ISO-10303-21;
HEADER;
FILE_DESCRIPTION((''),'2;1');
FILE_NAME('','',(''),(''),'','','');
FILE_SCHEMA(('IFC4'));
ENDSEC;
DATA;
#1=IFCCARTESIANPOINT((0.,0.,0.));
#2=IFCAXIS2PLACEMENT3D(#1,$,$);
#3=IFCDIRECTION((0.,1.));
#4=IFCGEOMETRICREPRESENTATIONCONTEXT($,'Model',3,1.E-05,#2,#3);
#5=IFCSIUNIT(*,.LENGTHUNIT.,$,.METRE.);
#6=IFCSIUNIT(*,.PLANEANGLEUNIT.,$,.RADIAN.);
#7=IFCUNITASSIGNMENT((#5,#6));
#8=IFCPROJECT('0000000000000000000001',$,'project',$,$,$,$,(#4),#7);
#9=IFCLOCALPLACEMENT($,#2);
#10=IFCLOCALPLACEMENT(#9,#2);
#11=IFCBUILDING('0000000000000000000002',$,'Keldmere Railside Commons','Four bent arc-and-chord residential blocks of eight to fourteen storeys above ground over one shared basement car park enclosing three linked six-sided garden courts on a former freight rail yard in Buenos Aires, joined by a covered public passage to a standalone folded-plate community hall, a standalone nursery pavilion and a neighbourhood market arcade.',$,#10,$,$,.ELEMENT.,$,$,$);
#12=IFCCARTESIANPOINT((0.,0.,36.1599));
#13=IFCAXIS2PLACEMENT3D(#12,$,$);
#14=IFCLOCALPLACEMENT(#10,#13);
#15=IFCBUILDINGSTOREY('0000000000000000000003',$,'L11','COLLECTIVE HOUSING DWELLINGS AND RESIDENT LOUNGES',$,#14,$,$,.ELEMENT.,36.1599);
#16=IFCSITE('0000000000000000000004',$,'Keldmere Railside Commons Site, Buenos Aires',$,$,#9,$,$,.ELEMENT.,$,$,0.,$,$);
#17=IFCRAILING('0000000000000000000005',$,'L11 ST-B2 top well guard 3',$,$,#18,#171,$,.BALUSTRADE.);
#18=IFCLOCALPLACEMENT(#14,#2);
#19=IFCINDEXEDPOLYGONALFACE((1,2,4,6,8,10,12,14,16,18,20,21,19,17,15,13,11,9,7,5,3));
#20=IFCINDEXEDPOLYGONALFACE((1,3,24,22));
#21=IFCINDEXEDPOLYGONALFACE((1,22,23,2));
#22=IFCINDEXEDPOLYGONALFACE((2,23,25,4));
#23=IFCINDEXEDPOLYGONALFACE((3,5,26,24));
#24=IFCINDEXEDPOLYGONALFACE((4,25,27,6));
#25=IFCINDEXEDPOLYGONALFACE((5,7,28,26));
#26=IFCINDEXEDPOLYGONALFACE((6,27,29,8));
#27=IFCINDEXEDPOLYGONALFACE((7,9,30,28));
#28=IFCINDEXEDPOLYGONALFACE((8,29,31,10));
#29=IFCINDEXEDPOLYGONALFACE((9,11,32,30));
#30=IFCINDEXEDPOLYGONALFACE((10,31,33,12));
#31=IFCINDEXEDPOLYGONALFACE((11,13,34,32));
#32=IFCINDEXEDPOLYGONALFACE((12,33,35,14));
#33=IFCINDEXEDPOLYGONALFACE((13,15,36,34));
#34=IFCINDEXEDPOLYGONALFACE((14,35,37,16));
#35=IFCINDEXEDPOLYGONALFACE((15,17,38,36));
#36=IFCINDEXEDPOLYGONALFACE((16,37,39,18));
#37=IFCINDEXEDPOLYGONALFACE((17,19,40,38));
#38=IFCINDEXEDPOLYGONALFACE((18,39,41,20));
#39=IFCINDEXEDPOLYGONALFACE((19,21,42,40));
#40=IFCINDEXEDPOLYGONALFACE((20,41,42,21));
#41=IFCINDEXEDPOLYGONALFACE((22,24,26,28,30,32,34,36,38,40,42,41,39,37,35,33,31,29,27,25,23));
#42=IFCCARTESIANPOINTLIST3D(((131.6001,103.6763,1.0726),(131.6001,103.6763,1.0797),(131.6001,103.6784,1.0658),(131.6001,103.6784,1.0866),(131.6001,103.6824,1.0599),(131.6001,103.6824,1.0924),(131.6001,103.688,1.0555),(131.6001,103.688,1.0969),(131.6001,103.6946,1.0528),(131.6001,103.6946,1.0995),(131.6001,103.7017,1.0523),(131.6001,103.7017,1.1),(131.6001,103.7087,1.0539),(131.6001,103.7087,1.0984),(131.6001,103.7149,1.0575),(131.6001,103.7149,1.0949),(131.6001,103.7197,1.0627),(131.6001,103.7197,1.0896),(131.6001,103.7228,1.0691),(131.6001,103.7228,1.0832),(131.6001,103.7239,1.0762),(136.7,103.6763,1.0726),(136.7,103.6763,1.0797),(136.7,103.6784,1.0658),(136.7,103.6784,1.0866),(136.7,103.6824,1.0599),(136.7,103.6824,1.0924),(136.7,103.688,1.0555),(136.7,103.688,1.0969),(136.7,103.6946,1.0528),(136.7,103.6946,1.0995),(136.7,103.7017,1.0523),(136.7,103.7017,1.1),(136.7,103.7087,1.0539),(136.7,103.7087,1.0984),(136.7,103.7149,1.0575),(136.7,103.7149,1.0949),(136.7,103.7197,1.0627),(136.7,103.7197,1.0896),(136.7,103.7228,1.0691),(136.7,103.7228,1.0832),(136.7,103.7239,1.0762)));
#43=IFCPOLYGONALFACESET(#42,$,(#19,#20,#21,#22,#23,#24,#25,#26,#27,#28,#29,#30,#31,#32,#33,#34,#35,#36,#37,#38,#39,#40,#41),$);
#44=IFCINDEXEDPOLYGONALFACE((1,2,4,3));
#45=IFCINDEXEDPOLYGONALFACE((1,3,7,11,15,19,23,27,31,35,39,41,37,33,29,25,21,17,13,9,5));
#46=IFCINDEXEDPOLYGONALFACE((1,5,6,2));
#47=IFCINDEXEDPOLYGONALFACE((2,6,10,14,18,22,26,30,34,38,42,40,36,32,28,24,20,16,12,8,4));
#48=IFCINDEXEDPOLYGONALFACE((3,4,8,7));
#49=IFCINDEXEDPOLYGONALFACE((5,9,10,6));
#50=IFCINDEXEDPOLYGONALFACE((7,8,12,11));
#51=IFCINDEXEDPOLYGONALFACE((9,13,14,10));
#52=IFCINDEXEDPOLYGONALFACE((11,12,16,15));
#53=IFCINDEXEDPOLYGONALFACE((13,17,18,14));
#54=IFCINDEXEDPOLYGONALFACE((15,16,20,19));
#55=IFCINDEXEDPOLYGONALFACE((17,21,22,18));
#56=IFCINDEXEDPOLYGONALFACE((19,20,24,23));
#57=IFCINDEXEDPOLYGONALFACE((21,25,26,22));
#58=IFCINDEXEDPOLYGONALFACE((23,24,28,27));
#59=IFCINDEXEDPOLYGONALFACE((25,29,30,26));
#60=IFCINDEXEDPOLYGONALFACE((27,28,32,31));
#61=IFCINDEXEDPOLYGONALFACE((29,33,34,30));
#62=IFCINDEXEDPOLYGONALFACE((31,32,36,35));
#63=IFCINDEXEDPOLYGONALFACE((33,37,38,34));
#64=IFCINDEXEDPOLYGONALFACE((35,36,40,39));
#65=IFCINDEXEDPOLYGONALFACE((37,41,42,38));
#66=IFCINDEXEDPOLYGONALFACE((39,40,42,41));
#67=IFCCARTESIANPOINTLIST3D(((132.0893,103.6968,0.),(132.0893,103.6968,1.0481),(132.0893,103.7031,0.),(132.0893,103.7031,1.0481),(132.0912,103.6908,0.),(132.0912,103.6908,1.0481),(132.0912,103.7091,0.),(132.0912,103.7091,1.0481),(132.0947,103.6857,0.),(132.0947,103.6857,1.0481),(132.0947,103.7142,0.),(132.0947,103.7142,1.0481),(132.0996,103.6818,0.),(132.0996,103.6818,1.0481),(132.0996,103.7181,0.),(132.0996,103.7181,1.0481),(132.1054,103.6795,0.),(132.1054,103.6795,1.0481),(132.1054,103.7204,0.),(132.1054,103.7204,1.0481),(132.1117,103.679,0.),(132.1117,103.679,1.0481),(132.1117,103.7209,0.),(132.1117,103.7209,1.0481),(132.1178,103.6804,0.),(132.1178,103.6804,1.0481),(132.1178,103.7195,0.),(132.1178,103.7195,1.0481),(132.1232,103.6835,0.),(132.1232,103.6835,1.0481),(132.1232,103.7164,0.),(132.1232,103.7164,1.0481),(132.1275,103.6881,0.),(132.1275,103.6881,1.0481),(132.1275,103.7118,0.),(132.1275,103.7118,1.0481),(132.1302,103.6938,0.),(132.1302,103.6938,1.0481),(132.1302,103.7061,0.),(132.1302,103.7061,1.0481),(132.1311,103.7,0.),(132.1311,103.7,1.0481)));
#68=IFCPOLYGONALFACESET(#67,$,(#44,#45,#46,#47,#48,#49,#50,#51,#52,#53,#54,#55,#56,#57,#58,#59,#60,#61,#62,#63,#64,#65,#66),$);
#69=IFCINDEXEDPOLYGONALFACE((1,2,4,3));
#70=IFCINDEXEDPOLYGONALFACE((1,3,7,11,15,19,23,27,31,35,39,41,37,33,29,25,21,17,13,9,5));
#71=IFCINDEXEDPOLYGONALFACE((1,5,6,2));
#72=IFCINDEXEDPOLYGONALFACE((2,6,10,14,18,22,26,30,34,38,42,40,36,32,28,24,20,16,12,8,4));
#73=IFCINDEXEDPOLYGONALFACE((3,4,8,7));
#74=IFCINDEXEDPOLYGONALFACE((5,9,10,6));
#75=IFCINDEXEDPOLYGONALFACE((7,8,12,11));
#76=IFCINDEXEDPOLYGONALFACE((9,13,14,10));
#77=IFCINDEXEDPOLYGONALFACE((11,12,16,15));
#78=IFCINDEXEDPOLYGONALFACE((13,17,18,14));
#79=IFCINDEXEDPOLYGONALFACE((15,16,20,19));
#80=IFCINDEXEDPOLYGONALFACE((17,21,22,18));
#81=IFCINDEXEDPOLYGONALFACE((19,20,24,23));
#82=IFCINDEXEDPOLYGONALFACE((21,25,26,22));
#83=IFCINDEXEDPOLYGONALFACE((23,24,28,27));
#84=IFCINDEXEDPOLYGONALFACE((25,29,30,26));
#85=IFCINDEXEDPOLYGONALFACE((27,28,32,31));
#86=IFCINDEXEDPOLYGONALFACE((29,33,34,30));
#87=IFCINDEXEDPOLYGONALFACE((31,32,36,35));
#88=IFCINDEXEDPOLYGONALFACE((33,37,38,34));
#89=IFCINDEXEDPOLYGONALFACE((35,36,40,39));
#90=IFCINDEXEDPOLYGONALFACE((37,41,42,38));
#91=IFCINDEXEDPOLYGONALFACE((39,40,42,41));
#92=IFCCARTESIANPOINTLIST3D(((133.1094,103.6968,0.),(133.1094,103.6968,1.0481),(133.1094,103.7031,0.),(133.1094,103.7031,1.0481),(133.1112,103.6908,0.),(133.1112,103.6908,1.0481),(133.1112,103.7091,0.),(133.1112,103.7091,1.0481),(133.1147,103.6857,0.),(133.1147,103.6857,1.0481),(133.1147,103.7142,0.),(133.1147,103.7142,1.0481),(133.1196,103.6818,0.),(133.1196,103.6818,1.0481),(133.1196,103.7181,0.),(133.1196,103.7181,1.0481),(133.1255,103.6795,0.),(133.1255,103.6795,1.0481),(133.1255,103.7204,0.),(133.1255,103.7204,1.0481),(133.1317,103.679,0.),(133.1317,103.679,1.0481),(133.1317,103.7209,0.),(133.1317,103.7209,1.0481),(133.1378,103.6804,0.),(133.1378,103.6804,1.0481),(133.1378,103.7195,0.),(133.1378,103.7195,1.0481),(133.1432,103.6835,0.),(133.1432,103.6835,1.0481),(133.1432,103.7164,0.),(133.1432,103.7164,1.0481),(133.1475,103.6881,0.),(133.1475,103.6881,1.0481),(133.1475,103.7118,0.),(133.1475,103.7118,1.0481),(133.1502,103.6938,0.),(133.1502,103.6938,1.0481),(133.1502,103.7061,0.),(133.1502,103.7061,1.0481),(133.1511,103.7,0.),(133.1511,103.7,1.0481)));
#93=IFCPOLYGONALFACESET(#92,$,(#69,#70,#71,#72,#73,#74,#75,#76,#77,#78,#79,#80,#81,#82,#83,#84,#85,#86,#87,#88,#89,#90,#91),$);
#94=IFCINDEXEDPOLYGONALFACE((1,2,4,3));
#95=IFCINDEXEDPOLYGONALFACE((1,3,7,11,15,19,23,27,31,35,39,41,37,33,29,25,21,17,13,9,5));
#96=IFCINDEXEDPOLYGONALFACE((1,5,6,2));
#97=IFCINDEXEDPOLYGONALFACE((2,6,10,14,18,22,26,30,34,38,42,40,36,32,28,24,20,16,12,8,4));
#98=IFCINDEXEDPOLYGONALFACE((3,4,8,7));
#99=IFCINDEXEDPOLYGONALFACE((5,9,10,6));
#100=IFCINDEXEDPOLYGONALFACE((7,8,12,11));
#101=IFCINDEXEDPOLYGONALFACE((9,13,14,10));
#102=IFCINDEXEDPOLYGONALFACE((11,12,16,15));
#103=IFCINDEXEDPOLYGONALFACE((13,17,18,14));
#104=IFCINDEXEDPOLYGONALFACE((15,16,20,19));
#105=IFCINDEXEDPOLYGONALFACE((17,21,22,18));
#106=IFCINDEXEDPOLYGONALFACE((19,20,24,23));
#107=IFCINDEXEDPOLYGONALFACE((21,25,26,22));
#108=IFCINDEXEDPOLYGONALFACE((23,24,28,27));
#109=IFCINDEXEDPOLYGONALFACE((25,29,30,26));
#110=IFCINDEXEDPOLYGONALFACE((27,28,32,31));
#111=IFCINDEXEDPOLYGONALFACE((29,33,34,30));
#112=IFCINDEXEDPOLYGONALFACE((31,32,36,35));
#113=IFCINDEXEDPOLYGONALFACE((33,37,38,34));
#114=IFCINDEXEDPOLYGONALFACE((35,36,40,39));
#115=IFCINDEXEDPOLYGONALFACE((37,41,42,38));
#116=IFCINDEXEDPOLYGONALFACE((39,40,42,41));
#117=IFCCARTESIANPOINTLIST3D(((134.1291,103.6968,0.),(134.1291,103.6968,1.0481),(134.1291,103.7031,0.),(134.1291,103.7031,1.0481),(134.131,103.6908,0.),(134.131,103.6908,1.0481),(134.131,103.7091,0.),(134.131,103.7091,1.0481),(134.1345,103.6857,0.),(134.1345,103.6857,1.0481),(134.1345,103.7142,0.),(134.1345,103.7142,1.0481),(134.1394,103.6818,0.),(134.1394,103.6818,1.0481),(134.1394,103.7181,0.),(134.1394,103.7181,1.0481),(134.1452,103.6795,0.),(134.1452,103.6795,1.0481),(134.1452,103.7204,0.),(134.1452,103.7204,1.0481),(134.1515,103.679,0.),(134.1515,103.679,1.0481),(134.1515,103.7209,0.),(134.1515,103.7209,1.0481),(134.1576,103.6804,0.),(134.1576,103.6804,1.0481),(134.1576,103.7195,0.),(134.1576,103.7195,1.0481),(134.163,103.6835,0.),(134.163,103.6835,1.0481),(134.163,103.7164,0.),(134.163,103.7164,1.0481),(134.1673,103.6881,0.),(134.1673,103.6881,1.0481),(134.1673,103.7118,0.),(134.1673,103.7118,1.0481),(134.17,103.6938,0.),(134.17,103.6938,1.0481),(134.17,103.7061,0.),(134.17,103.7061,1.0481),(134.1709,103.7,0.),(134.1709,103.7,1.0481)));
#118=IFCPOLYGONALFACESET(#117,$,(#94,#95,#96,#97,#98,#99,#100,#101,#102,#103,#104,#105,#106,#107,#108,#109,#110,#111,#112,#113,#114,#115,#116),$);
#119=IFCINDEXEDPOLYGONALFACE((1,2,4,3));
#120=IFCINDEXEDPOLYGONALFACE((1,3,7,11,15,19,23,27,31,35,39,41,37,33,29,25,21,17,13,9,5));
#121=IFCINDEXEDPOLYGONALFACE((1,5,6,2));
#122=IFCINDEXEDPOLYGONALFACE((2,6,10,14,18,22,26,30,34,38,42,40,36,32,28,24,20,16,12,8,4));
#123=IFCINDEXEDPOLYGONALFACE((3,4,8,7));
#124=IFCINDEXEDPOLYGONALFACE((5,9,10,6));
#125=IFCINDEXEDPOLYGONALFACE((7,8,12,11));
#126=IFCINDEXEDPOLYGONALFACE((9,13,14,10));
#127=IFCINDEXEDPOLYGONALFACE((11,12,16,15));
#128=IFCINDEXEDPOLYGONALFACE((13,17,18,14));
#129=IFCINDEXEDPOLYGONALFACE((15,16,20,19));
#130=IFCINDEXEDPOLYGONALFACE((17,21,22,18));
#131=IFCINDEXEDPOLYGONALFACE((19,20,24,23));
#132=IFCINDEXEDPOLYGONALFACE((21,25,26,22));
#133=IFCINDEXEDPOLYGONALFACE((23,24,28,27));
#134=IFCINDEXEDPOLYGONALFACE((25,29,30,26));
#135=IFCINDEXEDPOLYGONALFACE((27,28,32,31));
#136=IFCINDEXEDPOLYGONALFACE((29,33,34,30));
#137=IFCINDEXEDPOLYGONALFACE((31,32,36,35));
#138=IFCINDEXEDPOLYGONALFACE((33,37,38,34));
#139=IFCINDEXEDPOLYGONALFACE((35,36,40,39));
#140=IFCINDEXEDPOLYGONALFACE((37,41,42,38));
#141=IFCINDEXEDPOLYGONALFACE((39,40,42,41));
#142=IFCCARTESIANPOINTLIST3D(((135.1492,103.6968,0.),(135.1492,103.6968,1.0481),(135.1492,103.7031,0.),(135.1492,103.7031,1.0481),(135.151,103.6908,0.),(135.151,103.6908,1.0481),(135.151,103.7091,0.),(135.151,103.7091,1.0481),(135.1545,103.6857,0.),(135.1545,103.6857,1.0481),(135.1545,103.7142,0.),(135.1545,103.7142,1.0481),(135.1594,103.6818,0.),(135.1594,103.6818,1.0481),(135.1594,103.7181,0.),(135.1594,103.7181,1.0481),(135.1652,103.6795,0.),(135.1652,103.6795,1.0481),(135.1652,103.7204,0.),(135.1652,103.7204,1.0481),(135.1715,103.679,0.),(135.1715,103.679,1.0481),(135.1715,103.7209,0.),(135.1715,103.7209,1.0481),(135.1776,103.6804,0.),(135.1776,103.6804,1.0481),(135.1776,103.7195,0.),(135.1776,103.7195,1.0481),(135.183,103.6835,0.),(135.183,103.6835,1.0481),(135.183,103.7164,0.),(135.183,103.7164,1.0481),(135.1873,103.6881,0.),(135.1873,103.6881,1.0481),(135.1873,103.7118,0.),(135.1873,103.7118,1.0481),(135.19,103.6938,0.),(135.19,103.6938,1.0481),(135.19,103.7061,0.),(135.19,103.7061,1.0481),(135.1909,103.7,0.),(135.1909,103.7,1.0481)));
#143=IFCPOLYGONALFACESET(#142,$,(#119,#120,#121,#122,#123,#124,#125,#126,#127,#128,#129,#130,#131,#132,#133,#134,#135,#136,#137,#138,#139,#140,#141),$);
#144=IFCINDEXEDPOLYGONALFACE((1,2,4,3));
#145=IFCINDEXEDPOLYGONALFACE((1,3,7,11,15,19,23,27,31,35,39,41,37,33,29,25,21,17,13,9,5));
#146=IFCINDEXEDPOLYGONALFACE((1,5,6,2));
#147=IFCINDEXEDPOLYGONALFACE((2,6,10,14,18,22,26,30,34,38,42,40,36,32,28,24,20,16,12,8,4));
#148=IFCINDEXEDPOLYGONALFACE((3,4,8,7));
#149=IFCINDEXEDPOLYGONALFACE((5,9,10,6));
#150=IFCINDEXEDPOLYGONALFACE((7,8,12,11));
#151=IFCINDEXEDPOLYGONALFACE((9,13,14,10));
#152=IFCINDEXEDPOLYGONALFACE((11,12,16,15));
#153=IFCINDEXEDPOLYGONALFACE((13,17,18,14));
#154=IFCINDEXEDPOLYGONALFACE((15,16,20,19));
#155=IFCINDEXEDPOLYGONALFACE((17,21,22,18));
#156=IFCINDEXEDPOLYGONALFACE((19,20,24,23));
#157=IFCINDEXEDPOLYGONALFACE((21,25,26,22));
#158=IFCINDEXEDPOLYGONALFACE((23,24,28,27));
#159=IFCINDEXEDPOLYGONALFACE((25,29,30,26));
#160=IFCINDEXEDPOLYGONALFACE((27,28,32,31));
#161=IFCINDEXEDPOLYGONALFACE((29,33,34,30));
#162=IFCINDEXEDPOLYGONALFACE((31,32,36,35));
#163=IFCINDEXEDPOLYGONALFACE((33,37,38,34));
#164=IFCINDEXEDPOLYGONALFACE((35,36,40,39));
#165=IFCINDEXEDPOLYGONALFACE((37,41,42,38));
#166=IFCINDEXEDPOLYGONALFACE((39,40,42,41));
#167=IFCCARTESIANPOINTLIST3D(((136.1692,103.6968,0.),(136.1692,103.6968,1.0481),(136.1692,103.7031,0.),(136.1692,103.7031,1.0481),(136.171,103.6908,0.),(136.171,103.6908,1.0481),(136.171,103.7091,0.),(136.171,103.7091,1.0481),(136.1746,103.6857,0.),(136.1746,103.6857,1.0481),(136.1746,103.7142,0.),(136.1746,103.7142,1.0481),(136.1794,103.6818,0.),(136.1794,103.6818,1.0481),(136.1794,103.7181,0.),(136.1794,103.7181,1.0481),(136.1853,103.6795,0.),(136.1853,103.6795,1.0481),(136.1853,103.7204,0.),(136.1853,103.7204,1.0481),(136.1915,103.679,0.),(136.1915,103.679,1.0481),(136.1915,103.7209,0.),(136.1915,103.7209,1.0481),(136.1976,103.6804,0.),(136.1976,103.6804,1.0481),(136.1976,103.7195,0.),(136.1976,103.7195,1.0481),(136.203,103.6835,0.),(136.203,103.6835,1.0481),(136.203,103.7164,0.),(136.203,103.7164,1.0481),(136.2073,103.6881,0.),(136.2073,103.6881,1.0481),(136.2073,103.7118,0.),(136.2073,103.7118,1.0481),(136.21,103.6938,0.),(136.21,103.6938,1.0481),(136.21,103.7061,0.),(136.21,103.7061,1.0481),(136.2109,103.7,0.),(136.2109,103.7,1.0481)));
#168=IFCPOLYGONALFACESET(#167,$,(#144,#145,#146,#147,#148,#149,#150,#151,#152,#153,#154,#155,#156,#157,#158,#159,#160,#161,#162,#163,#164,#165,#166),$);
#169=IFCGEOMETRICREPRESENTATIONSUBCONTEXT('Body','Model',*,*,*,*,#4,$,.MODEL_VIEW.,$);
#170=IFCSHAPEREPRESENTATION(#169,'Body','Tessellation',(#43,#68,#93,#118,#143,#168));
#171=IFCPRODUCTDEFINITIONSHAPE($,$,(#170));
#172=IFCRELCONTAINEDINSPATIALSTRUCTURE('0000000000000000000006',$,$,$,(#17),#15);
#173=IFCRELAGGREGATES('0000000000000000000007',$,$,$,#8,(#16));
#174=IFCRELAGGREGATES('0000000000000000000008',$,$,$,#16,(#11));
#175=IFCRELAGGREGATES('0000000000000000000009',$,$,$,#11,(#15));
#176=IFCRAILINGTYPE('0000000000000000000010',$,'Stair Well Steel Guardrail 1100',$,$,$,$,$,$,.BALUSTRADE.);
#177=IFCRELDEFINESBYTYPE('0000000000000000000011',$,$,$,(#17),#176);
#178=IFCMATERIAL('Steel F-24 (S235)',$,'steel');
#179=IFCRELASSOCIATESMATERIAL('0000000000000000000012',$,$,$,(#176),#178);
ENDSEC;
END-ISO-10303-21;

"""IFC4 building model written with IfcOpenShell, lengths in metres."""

from ifc_helpers import new_model, si_unit, direction, frame, origin, origin_2d, place, context, subcontext, project, spatial, circle, extrude, material, type_object, element, save


model = new_model("IFC4")

# Units and contexts
model_context = context("Model", 3, precision=1e-05, world=origin(), true_north=direction((0.0, 1.0)))
body_context = subcontext(model_context, "Body", "Model", "MODEL_VIEW")
ifc_project = project(units=[si_unit("LENGTHUNIT", "METRE"), si_unit("PLANEANGLEUNIT", "RADIAN")], contexts=[model_context])

# Site, building, storey
site_placement = place(None, origin())
site = spatial("IfcSite", under=ifc_project, at=site_placement, Name="Keldmere Railside Commons Site, Buenos Aires", CompositionType="ELEMENT", RefElevation=0.0)
building_placement = place(site_placement, origin())
building = spatial("IfcBuilding", under=site, at=building_placement, Name="Keldmere Railside Commons", Description="Four bent arc-and-chord residential blocks of eight to fourteen storeys above ground over one shared basement car park enclosing three linked six-sided garden courts on a former freight rail yard in Buenos Aires, joined by a covered public passage to a standalone folded-plate community hall, a standalone nursery pavilion and a neighbourhood market arcade.", CompositionType="ELEMENT")
storey_placement = place(building_placement, frame((0.0, 0.0, 36.1599)))
storey = spatial("IfcBuildingStorey", under=building, at=storey_placement, Name="L11", Description="COLLECTIVE HOUSING DWELLINGS AND RESIDENT LOUNGES", CompositionType="ELEMENT", Elevation=36.1599)

# Shared definitions
ifc_material_1 = material(Name="Steel F-24 (S235)", Category="steel")

# Railing
railing_type_1 = type_object("IfcRailingType", Name="Stair Well Steel Guardrail 1100", PredefinedType="BALUSTRADE", material=ifc_material_1)
for number, where, name in (
    (1, (131.6001, 103.7, 0.0), "L11 ST-B2 top well guard 3"),
):
    element("IfcRailing", number, at=place(storey_placement, frame(where)), inside=storey, type_object=railing_type_1, Name=name, PredefinedType="BALUSTRADE", context=body_context, shape_type="SweptSolid", body=[
        extrude(circle(Radius=0.0239, at=origin_2d()), frame((0.0, 0.0, 1.0762), z_axis=(1.0, 0.0, 0.0), x_axis=(0.0, 1.0, 0.0)), (0.0, 0.0, 1.0), 5.0999),
        extrude(circle(Radius=0.021, at=origin_2d()), frame((0.51, 0.0, 0.0)), (0.0, 0.0, 1.0), 1.0481),
        extrude(circle(Radius=0.021, at=origin_2d()), frame((1.53, 0.0, 0.0)), (0.0, 0.0, 1.0), 1.0481),
        extrude(circle(Radius=0.021, at=origin_2d()), frame((2.5498, 0.0, 0.0)), (0.0, 0.0, 1.0), 1.0481),
        extrude(circle(Radius=0.021, at=origin_2d()), frame((3.5698, 0.0, 0.0)), (0.0, 0.0, 1.0), 1.0481),
        extrude(circle(Radius=0.021, at=origin_2d()), frame((4.5898, 0.0, 0.0)), (0.0, 0.0, 1.0), 1.0481),
    ])

save(model, "model.ifc")
